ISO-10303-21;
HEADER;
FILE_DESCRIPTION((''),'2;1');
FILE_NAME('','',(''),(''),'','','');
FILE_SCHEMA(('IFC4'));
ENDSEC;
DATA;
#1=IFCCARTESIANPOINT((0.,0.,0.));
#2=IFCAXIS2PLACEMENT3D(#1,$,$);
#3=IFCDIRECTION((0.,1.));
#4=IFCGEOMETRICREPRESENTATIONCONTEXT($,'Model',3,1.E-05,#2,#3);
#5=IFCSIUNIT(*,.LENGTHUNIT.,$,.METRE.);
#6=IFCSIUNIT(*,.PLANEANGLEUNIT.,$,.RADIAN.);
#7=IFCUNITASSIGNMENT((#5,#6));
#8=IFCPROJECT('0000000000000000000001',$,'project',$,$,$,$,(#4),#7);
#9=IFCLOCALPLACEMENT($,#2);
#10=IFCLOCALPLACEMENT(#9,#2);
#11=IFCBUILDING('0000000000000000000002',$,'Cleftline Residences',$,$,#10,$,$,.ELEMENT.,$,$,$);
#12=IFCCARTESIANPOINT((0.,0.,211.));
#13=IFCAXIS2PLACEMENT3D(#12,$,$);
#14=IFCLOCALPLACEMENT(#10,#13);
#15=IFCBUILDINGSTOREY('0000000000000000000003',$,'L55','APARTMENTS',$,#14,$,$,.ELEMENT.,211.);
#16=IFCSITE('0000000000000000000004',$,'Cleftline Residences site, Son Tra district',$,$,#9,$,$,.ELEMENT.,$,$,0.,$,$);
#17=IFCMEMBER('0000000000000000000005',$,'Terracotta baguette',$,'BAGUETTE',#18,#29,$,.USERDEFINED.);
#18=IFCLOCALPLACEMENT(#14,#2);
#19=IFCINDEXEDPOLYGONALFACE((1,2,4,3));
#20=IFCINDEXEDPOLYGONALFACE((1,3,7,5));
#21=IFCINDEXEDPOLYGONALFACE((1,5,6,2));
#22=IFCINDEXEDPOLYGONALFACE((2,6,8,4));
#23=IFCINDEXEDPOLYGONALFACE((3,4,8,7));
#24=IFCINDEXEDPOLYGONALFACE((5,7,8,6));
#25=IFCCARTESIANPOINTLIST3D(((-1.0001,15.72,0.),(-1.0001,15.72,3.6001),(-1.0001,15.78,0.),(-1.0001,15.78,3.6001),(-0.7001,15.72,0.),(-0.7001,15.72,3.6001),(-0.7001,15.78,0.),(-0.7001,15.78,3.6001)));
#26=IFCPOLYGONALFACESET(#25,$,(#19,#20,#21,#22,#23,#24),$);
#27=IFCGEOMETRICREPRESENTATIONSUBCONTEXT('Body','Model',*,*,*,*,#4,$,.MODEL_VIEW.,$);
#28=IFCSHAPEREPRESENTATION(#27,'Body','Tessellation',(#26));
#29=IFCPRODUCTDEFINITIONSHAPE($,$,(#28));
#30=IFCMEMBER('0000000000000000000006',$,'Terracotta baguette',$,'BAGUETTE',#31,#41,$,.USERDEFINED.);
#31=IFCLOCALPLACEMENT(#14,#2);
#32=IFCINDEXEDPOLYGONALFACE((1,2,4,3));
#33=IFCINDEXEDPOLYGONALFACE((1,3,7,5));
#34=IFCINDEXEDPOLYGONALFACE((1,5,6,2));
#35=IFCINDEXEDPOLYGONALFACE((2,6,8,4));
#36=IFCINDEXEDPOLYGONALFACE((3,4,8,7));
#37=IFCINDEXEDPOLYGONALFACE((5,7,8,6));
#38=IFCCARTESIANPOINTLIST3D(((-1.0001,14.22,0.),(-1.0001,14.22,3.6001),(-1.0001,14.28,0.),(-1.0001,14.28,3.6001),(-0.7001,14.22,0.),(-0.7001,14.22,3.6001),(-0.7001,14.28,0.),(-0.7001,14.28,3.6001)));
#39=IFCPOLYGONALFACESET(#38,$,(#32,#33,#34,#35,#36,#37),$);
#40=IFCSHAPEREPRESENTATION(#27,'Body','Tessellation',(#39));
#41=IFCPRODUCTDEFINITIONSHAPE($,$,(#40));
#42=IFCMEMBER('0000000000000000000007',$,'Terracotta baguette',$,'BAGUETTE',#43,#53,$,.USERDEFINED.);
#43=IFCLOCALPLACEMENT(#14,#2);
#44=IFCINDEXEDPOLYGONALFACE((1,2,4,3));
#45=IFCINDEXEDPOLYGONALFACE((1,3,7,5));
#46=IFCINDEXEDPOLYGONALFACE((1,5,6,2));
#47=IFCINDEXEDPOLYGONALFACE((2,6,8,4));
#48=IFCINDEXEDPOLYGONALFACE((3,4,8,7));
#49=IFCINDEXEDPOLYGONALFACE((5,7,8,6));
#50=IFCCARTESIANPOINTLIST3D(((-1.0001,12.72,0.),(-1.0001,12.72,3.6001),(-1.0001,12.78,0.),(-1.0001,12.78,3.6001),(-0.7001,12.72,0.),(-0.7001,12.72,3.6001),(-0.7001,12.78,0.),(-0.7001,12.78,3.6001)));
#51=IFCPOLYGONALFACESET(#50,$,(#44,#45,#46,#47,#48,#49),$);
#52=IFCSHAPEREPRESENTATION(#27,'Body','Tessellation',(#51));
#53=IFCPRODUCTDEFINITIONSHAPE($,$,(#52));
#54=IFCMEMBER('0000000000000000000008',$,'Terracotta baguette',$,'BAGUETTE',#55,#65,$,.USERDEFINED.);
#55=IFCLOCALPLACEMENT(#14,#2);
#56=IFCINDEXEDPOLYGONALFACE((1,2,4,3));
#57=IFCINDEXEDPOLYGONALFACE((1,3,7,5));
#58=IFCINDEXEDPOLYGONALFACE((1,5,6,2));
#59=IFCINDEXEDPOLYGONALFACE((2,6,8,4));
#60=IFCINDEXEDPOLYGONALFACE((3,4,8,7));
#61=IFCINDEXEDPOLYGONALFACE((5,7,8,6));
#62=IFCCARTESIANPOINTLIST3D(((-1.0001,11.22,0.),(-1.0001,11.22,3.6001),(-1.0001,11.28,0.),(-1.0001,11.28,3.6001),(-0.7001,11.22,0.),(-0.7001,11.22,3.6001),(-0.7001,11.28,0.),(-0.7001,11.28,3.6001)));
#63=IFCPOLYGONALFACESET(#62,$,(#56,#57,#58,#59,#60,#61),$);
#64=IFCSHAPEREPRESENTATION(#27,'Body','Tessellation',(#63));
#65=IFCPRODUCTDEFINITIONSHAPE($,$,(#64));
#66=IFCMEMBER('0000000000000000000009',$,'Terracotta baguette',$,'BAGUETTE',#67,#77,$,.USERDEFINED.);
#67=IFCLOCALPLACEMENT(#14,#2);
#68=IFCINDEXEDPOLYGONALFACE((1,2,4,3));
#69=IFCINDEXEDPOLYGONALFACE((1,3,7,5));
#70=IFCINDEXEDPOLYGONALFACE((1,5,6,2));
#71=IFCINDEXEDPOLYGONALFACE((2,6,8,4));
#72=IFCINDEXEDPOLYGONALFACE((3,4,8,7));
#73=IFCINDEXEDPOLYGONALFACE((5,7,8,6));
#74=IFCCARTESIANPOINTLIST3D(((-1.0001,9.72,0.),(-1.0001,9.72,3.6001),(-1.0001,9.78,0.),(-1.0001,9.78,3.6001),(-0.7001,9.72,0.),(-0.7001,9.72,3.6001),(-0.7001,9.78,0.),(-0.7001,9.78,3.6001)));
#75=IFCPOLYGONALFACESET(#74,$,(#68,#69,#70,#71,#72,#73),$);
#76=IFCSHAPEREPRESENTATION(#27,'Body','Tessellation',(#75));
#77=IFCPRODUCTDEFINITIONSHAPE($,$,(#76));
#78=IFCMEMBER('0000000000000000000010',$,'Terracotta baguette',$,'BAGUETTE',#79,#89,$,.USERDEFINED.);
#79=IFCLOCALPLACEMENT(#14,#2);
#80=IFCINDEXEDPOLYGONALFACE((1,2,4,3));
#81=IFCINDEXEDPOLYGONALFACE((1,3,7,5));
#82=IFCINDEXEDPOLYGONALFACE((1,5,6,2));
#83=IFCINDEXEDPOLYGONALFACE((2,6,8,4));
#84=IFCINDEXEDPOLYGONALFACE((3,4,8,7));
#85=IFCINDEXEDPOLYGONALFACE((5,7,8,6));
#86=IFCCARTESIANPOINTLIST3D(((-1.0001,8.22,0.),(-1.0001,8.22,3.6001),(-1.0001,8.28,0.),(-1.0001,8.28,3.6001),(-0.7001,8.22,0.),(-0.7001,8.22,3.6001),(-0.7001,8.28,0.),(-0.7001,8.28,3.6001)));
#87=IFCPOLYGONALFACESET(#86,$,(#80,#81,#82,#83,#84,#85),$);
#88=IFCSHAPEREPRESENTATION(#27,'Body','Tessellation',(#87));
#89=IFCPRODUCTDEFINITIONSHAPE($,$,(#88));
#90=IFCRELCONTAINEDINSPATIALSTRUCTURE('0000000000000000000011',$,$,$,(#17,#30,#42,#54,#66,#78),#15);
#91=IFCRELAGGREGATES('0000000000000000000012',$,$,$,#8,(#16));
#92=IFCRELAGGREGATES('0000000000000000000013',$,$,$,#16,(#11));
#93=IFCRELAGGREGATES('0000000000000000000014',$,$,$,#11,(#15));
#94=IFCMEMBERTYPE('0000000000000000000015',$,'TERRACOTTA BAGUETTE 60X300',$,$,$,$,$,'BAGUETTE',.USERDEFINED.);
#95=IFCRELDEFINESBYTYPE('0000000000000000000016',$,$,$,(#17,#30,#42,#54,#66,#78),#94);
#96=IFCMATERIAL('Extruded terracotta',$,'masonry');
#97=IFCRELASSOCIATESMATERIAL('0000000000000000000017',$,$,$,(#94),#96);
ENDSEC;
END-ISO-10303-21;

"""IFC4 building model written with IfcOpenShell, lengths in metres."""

from ifc_helpers import new_model, si_unit, direction, frame, origin, origin_2d, place, context, subcontext, project, spatial, rectangle, extrude, material, material_profile, profile_set, type_object, element, save


model = new_model("IFC4")

# Units and contexts
model_context = context("Model", 3, precision=1e-05, world=origin(), true_north=direction((0.0, 1.0)))
body_context = subcontext(model_context, "Body", "Model", "MODEL_VIEW")
ifc_project = project(units=[si_unit("LENGTHUNIT", "METRE"), si_unit("PLANEANGLEUNIT", "RADIAN")], contexts=[model_context])

# Site, building, storey
site_placement = place(None, origin())
site = spatial("IfcSite", under=ifc_project, at=site_placement, Name="Cleftline Residences site, Son Tra district", CompositionType="ELEMENT", RefElevation=0.0)
building_placement = place(site_placement, origin())
building = spatial("IfcBuilding", under=site, at=building_placement, Name="Cleftline Residences", CompositionType="ELEMENT")
storey_placement = place(building_placement, frame((0.0, 0.0, 211.0)))
storey = spatial("IfcBuildingStorey", under=building, at=storey_placement, Name="L55", Description="APARTMENTS", CompositionType="ELEMENT", Elevation=211.0)

# Members
ifc_material_1 = material(Name="Extruded terracotta", Category="masonry")
ifc_material_profile = material_profile(ifc_material_1, rectangle(XDim=0.0601, YDim=0.3, at=origin_2d()))
ifc_profile_set = profile_set([ifc_material_profile], Name="Extruded terracotta")
member_type = type_object("IfcMemberType", Name="TERRACOTTA BAGUETTE 60X300", ElementType="BAGUETTE", PredefinedType="USERDEFINED", material=ifc_profile_set)
for number, where, z_axis, x_axis, name in (
    (1, (-0.8501, 15.75, 0.0), (0.0, 0.0, 1.0), (0.0, 1.0, 0.0), "Terracotta baguette"),
    (2, (-0.8501, 14.25, 0.0), (0.0, 0.0, 1.0), (0.0, 1.0, 0.0), "Terracotta baguette"),
    (3, (-0.8501, 12.75, 0.0), (0.0, 0.0, 1.0), (0.0, 1.0, 0.0), "Terracotta baguette"),
    (4, (-0.8501, 11.25, 0.0), (0.0, 0.0, 1.0), (0.0, 1.0, 0.0), "Terracotta baguette"),
    (5, (-0.8501, 9.75, 0.0), (0.0, 0.0, 1.0), (0.0, 1.0, 0.0), "Terracotta baguette"),
    (6, (-0.8501, 8.25, 0.0), (0.0, 0.0, 1.0), (0.0, 1.0, 0.0), "Terracotta baguette"),
):
    element("IfcMember", number, at=place(storey_placement, frame(where, z_axis=z_axis, x_axis=x_axis)), inside=storey, type_object=member_type, Name=name, ObjectType="BAGUETTE", PredefinedType="USERDEFINED", context=body_context, shape_type="SweptSolid", body=[
        extrude(rectangle(XDim=0.0601, YDim=0.3, at=origin_2d()), origin(), (0.0, 0.0, 1.0), 3.6001),
    ])

save(model, "model.ifc")
